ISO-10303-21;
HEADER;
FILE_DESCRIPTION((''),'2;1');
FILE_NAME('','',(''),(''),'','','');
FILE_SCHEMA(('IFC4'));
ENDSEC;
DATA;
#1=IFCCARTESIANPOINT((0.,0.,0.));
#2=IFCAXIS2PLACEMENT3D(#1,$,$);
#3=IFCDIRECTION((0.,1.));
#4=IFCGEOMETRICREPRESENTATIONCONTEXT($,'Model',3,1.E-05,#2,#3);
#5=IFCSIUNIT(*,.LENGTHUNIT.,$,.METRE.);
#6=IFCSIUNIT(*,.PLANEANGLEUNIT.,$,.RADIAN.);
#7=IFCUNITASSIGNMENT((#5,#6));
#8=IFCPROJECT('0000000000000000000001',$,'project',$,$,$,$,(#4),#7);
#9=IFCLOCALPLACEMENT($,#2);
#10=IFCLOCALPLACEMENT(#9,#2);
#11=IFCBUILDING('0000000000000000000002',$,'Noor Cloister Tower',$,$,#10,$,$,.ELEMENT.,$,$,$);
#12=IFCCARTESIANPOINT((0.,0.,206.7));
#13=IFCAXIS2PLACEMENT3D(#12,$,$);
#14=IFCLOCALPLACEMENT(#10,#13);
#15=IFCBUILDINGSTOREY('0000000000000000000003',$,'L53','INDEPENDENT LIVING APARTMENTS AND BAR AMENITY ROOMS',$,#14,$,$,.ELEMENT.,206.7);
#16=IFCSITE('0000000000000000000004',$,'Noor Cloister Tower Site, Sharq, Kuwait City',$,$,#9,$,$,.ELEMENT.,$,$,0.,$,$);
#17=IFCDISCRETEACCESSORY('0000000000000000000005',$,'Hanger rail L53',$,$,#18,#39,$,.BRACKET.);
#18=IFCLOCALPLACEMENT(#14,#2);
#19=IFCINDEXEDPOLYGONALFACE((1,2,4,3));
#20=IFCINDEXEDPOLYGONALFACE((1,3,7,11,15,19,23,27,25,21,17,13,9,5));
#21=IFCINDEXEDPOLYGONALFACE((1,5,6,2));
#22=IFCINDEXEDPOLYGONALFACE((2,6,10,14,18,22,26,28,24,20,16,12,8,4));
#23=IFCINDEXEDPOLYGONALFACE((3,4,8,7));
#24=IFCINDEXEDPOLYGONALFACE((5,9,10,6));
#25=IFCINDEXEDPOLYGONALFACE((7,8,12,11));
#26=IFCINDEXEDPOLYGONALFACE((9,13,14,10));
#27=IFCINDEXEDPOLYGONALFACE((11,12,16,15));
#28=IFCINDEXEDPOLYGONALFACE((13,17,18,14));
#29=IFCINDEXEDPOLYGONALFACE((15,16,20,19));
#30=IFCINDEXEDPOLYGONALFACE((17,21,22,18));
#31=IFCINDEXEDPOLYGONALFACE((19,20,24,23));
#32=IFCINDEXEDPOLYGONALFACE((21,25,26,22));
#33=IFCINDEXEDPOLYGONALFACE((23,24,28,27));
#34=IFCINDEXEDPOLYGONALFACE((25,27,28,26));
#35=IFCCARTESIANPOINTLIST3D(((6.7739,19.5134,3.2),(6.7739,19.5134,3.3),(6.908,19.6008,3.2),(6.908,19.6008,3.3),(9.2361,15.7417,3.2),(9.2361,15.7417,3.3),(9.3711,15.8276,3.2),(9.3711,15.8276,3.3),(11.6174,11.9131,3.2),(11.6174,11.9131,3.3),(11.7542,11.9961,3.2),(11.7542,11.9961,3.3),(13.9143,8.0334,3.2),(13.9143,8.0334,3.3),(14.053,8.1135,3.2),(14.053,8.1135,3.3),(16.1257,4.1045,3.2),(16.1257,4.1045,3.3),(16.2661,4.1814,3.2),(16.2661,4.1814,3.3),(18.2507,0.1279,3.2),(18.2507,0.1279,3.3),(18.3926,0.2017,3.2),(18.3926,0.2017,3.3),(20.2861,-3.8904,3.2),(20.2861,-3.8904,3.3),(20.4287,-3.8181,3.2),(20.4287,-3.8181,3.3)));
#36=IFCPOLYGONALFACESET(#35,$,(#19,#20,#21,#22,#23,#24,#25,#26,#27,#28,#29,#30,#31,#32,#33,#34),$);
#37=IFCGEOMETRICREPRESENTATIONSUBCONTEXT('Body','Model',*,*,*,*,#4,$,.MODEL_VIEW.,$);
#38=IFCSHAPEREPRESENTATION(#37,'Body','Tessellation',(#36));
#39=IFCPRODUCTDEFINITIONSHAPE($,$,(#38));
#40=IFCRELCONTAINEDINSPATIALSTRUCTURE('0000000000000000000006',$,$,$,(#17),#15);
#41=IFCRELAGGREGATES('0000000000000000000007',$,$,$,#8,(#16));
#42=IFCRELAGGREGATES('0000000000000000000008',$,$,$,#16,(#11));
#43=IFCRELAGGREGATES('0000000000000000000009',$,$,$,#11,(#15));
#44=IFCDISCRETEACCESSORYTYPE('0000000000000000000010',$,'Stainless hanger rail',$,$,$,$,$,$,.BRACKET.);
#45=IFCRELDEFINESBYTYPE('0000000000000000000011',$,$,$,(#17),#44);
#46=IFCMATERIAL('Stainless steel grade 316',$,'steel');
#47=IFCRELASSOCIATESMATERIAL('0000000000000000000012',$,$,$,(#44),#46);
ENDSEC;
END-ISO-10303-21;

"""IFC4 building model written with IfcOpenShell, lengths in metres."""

from ifc_helpers import new_model, si_unit, direction, frame, origin, place, context, subcontext, project, spatial, polyline, outline, extrude, material, type_object, element, save


model = new_model("IFC4")

# Units and contexts
model_context = context("Model", 3, precision=1e-05, world=origin(), true_north=direction((0.0, 1.0)))
body_context = subcontext(model_context, "Body", "Model", "MODEL_VIEW")
ifc_project = project(units=[si_unit("LENGTHUNIT", "METRE"), si_unit("PLANEANGLEUNIT", "RADIAN")], contexts=[model_context])

# Site, building, storey
site_placement = place(None, origin())
site = spatial("IfcSite", under=ifc_project, at=site_placement, Name="Noor Cloister Tower Site, Sharq, Kuwait City", CompositionType="ELEMENT", RefElevation=0.0)
building_placement = place(site_placement, origin())
building = spatial("IfcBuilding", under=site, at=building_placement, Name="Noor Cloister Tower", CompositionType="ELEMENT")
storey_placement = place(building_placement, frame((0.0, 0.0, 206.7)))
storey = spatial("IfcBuildingStorey", under=building, at=storey_placement, Name="L53", Description="INDEPENDENT LIVING APARTMENTS AND BAR AMENITY ROOMS", CompositionType="ELEMENT", Elevation=206.7)

# Discrete accessory
ifc_material_1 = material(Name="Stainless steel grade 316", Category="steel")
discrete_accessory_type = type_object("IfcDiscreteAccessoryType", Name="Stainless hanger rail", PredefinedType="BRACKET", material=ifc_material_1)
discrete_accessory_1_placement = place(storey_placement, frame((0.0, 0.0, 3.2)))
element("IfcDiscreteAccessory", 1, at=discrete_accessory_1_placement, inside=storey, type_object=discrete_accessory_type, Name="Hanger rail L53", PredefinedType="BRACKET", context=body_context, shape_type="SweptSolid", body=[
    extrude(outline(polyline([(20.4287, -3.8181), (18.3926, 0.2017), (16.2661, 4.1814), (14.053, 8.1135), (11.7542, 11.9961), (9.3711, 15.8276), (6.908, 19.6008), (6.7739, 19.5134), (9.2361, 15.7417), (11.6174, 11.9131), (13.9143, 8.0334), (16.1257, 4.1045), (18.2507, 0.1279), (20.2861, -3.8904), (20.4287, -3.8181)])), origin(), (0.0, 0.0, 1.0), 0.1001),
])

save(model, "model.ifc")
